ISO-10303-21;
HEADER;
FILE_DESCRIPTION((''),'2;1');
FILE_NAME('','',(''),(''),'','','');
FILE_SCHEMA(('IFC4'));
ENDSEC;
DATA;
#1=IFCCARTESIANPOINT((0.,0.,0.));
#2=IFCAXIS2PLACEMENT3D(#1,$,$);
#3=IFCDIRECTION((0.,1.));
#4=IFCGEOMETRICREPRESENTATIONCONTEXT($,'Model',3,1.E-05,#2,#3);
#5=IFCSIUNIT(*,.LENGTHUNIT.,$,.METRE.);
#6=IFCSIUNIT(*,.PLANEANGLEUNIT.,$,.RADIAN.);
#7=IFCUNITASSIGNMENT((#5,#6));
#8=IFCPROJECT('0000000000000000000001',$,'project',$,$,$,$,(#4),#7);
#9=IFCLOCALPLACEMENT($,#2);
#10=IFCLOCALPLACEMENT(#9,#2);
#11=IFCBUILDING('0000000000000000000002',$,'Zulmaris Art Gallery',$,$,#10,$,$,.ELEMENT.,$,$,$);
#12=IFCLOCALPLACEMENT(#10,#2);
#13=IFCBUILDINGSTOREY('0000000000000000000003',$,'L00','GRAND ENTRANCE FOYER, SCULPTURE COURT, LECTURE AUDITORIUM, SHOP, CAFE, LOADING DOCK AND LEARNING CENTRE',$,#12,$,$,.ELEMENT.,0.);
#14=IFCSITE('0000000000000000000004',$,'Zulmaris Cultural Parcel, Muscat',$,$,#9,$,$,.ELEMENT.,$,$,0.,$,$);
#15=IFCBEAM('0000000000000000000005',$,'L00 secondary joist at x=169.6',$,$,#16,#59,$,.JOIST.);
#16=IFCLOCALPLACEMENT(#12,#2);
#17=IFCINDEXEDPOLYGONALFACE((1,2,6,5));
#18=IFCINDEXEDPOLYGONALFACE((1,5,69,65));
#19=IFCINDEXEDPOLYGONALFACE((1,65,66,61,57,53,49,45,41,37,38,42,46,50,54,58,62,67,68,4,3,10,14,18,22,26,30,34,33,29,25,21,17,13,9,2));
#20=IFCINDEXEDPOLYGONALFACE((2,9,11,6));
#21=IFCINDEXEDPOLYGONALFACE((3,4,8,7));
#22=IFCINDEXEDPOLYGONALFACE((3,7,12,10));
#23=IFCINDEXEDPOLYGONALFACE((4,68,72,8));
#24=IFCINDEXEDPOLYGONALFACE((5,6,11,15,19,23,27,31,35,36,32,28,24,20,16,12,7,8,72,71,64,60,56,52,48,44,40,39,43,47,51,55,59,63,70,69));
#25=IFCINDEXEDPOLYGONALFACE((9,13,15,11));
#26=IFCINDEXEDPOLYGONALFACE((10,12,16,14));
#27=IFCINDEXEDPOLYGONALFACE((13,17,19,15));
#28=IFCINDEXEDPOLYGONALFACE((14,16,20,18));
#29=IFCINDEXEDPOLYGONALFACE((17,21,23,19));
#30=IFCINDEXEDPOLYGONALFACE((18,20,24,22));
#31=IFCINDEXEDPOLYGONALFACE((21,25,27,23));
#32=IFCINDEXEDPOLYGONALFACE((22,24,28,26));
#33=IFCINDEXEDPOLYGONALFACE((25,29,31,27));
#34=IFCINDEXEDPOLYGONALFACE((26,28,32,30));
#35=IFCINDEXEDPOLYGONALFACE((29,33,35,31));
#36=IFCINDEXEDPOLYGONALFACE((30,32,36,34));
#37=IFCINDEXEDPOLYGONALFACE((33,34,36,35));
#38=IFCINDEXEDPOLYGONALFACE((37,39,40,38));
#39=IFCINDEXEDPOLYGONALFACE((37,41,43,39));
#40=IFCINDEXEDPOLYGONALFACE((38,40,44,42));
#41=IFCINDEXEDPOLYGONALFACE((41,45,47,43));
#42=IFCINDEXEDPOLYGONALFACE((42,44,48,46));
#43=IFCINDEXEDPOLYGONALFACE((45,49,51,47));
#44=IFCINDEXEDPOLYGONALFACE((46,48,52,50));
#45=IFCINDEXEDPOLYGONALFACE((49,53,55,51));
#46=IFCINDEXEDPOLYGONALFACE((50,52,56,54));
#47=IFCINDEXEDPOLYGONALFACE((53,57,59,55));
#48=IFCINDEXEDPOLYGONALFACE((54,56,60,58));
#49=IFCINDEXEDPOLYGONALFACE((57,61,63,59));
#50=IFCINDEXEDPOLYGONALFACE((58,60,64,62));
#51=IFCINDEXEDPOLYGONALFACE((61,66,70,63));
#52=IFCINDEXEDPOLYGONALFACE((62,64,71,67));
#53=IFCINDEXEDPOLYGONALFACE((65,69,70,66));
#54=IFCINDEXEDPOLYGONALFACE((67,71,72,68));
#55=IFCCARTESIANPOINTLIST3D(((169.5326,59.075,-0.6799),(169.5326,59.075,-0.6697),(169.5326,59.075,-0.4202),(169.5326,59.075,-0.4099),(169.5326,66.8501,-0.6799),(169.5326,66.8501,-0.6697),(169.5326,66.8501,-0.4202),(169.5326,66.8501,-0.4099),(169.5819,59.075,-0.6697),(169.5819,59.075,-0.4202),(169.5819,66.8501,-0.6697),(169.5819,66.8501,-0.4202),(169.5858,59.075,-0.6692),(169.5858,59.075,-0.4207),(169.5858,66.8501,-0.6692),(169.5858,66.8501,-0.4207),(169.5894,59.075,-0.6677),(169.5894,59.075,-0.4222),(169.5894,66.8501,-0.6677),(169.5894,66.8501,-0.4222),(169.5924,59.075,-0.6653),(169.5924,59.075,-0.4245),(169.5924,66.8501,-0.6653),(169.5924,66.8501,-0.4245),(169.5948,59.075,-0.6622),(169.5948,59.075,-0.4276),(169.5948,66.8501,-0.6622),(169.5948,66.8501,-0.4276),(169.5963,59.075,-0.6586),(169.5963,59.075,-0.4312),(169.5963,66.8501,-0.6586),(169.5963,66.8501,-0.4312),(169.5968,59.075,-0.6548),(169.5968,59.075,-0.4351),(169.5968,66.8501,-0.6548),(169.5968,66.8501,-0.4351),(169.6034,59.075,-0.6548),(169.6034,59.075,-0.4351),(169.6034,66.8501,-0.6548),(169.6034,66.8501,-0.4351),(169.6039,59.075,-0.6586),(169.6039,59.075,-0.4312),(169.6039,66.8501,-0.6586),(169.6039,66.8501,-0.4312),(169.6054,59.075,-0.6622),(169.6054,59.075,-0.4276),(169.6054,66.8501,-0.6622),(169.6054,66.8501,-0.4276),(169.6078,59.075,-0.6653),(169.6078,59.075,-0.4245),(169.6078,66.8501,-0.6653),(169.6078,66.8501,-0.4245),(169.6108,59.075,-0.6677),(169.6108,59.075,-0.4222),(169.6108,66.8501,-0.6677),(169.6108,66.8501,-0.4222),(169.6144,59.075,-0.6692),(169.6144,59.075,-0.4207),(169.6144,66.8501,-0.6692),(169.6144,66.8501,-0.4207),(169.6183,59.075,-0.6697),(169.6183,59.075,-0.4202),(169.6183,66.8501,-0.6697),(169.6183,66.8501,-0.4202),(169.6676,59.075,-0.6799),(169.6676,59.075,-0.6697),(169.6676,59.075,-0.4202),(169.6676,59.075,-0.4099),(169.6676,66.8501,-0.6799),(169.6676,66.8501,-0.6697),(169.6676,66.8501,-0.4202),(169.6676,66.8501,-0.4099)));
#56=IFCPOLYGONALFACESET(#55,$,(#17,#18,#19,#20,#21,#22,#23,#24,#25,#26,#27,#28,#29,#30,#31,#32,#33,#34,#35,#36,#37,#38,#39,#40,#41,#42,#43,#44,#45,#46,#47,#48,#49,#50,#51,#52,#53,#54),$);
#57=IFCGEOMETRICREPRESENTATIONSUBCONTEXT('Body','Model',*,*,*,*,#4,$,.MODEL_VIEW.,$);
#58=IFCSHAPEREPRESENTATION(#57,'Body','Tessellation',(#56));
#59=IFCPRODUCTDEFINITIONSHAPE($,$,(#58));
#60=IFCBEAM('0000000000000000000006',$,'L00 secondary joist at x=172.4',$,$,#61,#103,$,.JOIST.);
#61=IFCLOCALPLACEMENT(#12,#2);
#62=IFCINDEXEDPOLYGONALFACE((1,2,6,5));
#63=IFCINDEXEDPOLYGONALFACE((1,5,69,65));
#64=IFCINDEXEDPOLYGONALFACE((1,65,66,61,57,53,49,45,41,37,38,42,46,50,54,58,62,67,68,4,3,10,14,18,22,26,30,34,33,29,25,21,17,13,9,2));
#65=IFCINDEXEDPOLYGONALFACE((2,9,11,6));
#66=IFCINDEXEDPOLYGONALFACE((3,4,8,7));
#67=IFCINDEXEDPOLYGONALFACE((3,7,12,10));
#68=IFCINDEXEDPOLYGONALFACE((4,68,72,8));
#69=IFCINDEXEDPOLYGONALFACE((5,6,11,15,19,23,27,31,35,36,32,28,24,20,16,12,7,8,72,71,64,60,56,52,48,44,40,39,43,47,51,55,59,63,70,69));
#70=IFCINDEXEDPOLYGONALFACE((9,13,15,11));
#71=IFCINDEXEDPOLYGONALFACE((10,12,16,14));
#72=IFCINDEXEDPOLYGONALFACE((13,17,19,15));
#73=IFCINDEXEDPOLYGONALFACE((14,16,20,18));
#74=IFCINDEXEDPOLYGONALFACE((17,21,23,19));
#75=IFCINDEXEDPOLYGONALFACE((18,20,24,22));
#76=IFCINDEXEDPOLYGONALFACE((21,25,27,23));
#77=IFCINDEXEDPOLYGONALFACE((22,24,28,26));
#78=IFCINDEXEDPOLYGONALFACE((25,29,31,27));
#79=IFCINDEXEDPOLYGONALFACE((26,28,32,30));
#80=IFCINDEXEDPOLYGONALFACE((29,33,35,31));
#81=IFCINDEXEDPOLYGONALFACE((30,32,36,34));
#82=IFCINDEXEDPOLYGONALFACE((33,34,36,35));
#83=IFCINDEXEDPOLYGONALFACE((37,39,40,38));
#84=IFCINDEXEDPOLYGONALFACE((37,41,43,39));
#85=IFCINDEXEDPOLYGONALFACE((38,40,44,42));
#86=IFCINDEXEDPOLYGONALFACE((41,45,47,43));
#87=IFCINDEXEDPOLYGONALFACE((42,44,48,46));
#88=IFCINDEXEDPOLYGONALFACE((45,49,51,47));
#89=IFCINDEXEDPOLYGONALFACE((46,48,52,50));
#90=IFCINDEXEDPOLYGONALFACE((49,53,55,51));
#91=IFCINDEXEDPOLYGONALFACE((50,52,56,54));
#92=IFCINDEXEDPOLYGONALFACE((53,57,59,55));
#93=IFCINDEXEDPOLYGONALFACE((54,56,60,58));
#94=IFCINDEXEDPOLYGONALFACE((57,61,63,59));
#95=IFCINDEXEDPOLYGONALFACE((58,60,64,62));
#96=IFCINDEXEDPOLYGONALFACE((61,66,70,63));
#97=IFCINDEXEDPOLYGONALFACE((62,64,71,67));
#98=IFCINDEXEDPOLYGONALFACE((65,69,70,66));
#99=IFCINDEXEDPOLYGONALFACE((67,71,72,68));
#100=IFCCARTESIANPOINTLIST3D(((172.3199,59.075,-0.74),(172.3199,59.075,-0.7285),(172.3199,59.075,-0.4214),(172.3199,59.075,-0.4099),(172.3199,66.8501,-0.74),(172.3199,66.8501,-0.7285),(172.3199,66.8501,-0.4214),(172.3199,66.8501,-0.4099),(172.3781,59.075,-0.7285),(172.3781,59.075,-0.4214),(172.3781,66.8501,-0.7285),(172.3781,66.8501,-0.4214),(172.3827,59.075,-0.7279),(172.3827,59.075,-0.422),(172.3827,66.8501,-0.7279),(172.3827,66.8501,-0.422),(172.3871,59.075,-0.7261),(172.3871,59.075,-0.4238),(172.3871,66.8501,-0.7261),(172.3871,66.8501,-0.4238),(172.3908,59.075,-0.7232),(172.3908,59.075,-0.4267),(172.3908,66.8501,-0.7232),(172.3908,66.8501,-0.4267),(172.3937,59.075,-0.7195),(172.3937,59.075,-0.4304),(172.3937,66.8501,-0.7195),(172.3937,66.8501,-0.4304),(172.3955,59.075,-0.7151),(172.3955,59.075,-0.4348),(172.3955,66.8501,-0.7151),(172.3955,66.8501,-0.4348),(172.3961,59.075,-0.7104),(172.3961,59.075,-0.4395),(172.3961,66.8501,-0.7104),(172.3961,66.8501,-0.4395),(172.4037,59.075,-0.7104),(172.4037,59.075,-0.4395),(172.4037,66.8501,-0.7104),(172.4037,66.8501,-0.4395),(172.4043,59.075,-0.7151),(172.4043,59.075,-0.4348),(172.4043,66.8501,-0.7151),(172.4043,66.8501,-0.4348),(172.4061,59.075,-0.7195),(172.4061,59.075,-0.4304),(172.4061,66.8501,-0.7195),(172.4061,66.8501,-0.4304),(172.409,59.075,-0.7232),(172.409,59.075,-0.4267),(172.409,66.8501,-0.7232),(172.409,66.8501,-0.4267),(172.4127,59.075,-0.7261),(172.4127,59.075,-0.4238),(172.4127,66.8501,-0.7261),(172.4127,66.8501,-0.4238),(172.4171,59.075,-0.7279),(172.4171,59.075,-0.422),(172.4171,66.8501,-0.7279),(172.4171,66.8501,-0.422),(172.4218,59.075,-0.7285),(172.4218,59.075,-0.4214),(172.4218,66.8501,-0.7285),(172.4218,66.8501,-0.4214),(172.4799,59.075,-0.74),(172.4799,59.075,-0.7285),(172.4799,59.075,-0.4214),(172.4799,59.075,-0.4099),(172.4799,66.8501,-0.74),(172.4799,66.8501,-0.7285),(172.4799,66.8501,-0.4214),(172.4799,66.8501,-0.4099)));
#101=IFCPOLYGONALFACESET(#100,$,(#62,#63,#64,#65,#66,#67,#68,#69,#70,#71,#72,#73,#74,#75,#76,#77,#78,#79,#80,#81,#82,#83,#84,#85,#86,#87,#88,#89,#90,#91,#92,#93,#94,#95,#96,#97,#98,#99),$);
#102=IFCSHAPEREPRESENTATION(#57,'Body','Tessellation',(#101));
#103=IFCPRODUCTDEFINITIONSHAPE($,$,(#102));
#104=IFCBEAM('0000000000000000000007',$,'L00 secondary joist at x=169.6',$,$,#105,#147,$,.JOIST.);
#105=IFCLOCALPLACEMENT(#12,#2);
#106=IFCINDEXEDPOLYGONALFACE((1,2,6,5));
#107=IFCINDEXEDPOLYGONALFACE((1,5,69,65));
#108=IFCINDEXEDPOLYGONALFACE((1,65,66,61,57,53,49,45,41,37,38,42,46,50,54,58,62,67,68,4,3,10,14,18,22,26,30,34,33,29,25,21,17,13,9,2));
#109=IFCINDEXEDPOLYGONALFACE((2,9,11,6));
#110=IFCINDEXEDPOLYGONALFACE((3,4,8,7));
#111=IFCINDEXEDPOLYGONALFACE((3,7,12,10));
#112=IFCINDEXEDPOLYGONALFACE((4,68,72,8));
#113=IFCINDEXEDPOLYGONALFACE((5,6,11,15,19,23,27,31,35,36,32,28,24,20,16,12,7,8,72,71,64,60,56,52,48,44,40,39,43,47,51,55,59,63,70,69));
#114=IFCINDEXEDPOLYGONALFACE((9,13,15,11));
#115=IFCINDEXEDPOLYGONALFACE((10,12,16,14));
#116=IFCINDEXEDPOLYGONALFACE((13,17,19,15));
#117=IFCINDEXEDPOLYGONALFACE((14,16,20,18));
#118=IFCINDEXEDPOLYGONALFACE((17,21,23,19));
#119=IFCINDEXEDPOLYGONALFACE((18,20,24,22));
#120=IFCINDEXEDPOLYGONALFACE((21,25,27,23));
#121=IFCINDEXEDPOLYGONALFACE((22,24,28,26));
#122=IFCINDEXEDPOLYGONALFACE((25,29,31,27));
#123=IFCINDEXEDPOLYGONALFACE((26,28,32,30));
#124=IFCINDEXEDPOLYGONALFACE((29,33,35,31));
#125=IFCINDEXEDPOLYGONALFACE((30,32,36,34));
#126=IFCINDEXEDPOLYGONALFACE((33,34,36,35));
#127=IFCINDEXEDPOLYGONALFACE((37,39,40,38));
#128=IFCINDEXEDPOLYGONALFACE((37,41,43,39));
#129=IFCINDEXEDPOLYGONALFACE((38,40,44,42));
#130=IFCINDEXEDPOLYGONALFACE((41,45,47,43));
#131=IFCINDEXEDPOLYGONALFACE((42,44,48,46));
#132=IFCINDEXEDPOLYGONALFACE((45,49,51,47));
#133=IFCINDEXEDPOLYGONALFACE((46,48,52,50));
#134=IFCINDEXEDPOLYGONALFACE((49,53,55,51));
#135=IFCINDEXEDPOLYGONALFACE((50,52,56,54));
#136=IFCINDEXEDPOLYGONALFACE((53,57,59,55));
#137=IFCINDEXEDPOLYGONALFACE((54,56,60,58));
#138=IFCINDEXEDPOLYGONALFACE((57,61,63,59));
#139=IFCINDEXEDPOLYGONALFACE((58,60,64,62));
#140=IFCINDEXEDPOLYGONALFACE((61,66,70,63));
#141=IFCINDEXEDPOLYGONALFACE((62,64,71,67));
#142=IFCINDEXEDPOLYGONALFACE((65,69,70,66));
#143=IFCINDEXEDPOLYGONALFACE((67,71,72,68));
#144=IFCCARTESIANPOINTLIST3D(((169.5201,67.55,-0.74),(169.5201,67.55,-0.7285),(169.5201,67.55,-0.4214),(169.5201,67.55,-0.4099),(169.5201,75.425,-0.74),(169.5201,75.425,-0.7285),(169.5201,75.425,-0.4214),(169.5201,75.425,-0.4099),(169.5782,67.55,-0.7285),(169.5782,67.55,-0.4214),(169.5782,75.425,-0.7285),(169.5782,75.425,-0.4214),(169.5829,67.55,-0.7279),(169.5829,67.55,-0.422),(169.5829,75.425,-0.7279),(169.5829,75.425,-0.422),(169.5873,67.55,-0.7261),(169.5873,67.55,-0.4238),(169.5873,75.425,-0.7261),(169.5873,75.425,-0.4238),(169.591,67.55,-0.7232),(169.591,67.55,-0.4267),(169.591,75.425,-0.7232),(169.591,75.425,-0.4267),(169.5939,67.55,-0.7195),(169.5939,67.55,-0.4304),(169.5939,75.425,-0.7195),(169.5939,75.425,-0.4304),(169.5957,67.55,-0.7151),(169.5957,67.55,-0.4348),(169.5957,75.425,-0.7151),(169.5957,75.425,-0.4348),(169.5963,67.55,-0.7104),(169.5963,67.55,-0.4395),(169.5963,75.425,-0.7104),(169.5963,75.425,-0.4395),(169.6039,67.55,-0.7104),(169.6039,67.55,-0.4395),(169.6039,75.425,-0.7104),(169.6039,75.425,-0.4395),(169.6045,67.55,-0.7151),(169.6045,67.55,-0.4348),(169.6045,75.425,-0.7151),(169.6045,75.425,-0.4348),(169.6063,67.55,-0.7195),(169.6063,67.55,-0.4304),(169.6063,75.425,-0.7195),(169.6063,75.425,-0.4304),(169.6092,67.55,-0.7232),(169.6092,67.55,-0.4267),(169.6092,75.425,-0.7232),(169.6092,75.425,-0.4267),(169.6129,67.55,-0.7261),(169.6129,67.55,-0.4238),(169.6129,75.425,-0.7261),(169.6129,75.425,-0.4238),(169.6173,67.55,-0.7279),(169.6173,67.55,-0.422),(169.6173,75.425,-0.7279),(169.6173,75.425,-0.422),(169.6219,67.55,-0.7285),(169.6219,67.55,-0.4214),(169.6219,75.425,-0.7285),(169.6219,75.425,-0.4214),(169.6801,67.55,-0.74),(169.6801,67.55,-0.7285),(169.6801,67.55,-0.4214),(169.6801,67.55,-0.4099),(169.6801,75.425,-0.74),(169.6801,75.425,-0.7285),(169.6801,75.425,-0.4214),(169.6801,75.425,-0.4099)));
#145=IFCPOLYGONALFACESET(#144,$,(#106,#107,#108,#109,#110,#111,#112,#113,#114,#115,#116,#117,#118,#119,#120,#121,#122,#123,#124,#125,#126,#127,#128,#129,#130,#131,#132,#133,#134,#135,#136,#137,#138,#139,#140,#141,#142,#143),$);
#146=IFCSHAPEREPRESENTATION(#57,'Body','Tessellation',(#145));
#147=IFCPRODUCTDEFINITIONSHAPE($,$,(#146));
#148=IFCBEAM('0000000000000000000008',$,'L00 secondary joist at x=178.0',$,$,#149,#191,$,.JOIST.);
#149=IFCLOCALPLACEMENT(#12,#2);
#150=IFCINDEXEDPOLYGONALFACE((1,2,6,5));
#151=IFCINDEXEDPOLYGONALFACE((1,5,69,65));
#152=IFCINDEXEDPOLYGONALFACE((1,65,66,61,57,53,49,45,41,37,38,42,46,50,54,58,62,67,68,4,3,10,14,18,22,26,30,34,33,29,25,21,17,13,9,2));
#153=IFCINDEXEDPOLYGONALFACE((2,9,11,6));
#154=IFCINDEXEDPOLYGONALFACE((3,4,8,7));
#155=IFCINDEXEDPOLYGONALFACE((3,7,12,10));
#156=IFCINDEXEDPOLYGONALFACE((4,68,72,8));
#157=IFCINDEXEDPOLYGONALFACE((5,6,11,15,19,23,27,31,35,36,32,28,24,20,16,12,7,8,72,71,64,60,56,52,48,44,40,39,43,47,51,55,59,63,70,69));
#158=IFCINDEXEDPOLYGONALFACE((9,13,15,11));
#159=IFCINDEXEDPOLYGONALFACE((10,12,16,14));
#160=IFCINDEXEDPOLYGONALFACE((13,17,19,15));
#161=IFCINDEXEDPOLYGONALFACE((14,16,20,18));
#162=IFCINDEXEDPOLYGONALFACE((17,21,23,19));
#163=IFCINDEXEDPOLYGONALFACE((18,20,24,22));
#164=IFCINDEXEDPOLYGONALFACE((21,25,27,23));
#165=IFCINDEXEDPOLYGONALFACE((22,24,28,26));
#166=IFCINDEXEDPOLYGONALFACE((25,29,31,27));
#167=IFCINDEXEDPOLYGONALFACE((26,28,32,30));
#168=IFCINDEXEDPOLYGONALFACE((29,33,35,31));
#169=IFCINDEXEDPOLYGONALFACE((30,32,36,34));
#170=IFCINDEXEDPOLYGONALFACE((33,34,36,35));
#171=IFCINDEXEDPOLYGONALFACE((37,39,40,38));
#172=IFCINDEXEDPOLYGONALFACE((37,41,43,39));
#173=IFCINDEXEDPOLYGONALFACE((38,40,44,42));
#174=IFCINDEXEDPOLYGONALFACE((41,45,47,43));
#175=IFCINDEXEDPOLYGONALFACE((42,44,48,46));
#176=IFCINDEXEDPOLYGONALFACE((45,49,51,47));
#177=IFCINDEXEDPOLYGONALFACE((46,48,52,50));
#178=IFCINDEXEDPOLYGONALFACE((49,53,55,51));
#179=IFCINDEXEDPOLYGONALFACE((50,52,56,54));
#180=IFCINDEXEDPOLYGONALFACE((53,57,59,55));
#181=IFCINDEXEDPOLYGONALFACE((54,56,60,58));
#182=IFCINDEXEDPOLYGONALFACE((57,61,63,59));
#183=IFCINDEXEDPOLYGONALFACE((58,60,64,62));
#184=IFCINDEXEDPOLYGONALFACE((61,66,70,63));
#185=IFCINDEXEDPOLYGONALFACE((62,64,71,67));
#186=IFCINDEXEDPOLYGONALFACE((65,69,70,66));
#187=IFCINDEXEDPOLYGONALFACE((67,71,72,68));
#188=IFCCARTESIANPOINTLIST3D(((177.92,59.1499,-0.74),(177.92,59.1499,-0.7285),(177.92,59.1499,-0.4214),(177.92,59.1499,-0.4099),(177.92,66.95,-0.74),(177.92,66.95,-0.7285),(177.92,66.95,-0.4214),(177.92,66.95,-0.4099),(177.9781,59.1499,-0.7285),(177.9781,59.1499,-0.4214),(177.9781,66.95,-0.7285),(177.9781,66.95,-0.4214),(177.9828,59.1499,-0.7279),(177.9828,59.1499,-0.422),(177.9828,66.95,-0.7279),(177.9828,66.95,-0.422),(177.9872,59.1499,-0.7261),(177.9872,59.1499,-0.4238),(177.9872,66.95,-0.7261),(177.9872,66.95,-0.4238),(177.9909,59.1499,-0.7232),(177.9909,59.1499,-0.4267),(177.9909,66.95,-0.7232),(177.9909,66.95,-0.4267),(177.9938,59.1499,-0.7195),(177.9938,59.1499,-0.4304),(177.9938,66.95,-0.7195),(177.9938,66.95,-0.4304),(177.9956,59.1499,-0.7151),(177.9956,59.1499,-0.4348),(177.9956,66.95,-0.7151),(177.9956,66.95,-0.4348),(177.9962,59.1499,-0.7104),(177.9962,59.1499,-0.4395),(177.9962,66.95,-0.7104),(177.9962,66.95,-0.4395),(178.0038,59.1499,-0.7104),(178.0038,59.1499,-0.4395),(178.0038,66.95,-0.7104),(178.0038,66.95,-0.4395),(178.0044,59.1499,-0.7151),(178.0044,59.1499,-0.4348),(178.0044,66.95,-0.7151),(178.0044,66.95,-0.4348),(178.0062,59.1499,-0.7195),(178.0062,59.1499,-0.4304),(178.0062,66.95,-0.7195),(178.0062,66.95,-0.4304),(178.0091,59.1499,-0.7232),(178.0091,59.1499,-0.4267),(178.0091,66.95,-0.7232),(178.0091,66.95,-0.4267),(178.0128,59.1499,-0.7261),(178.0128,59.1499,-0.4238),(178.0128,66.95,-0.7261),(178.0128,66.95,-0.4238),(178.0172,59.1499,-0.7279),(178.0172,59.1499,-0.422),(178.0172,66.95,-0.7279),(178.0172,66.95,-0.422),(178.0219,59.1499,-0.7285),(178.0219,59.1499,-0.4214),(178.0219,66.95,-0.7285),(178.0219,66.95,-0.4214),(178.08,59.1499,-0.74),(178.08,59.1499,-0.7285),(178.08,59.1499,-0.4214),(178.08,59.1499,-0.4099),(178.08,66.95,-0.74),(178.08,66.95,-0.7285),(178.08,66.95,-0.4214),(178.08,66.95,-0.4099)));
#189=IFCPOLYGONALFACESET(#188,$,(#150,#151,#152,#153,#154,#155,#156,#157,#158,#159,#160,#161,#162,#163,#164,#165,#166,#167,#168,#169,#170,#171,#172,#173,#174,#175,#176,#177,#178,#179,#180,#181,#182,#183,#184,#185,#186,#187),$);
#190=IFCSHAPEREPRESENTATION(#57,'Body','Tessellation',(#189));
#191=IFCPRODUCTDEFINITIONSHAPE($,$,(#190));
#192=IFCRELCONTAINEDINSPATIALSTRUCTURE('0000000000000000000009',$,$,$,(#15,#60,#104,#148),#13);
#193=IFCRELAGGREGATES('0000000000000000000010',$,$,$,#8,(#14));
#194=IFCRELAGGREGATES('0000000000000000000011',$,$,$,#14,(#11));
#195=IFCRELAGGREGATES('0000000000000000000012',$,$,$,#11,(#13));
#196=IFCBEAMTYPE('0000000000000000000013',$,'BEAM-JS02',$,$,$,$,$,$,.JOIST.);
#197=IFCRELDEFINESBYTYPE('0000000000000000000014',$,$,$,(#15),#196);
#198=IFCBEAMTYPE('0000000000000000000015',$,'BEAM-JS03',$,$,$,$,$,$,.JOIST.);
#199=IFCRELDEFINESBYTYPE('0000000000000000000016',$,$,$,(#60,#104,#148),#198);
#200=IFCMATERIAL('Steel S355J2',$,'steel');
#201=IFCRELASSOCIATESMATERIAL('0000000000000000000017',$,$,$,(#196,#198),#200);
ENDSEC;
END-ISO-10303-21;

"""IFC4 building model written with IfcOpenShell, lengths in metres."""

from ifc_helpers import new_model, si_unit, direction, frame, origin, origin_2d, place, context, subcontext, project, spatial, i_section, extrude, material, material_profile, profile_set, type_object, element, save


model = new_model("IFC4")

# Units and contexts
model_context = context("Model", 3, precision=1e-05, world=origin(), true_north=direction((0.0, 1.0)))
body_context = subcontext(model_context, "Body", "Model", "MODEL_VIEW")
ifc_project = project(units=[si_unit("LENGTHUNIT", "METRE"), si_unit("PLANEANGLEUNIT", "RADIAN")], contexts=[model_context])

# Site, building, storey
site_placement = place(None, origin())
site = spatial("IfcSite", under=ifc_project, at=site_placement, Name="Zulmaris Cultural Parcel, Muscat", CompositionType="ELEMENT", RefElevation=0.0)
building_placement = place(site_placement, origin())
building = spatial("IfcBuilding", under=site, at=building_placement, Name="Zulmaris Art Gallery", CompositionType="ELEMENT")
storey_placement = place(building_placement, origin())
storey = spatial("IfcBuildingStorey", under=building, at=storey_placement, Name="L00", Description="GRAND ENTRANCE FOYER, SCULPTURE COURT, LECTURE AUDITORIUM, SHOP, CAFE, LOADING DOCK AND LEARNING CENTRE", CompositionType="ELEMENT", Elevation=0.0)

# Beams
ifc_material_1 = material(Name="Steel S355J2", Category="steel")
ifc_material_profile_1 = material_profile(ifc_material_1, i_section(OverallWidth=0.135, OverallDepth=0.27, WebThickness=0.0066, FlangeThickness=0.0103, FilletRadius=0.0149, at=origin_2d()), Name="IPE 270")
ifc_profile_set_1 = profile_set([ifc_material_profile_1], Name="Steel S355J2")
beam_type_1 = type_object("IfcBeamType", Name="BEAM-JS02", PredefinedType="JOIST", material=ifc_profile_set_1)
beam_1_placement = place(storey_placement, frame((169.6001, 59.075, -0.5449), z_axis=(0.0, 1.0, 0.0), x_axis=(-1.0, 0.0, 0.0)))
element("IfcBeam", 1, at=beam_1_placement, inside=storey, type_object=beam_type_1, Name="L00 secondary joist at x=169.6", PredefinedType="JOIST", context=body_context, shape_type="SweptSolid", body=[
    extrude(i_section(OverallWidth=0.135, OverallDepth=0.27, WebThickness=0.0066, FlangeThickness=0.0103, FilletRadius=0.0149, at=origin_2d()), origin(), (0.0, 0.0, 1.0), 7.7751),
])
ifc_material_profile_2 = material_profile(ifc_material_1, i_section(OverallWidth=0.1599, OverallDepth=0.3301, WebThickness=0.0076, FlangeThickness=0.0115, FilletRadius=0.0181, at=origin_2d()), Name="IPE 330")
ifc_profile_set_2 = profile_set([ifc_material_profile_2], Name="Steel S355J2")
beam_type_2 = type_object("IfcBeamType", Name="BEAM-JS03", PredefinedType="JOIST", material=ifc_profile_set_2)
beam_2_placement = place(storey_placement, frame((172.3999, 59.075, -0.575), z_axis=(0.0, 1.0, 0.0), x_axis=(-1.0, 0.0, 0.0)))
element("IfcBeam", 2, at=beam_2_placement, inside=storey, type_object=beam_type_2, Name="L00 secondary joist at x=172.4", PredefinedType="JOIST", context=body_context, shape_type="SweptSolid", body=[
    extrude(i_section(OverallWidth=0.1599, OverallDepth=0.3301, WebThickness=0.0076, FlangeThickness=0.0115, FilletRadius=0.0181, at=origin_2d()), origin(), (0.0, 0.0, 1.0), 7.7751),
])
beam_3_placement = place(storey_placement, frame((169.6001, 67.55, -0.575), z_axis=(0.0, 1.0, 0.0), x_axis=(-1.0, 0.0, 0.0)))
element("IfcBeam", 3, at=beam_3_placement, inside=storey, type_object=beam_type_2, Name="L00 secondary joist at x=169.6", PredefinedType="JOIST", context=body_context, shape_type="SweptSolid", body=[
    extrude(i_section(OverallWidth=0.1599, OverallDepth=0.3301, WebThickness=0.0076, FlangeThickness=0.0115, FilletRadius=0.0181, at=origin_2d()), origin(), (0.0, 0.0, 1.0), 7.875),
])
beam_4_placement = place(storey_placement, frame((178.0, 59.1499, -0.575), z_axis=(0.0, 1.0, 0.0), x_axis=(-1.0, 0.0, 0.0)))
element("IfcBeam", 4, at=beam_4_placement, inside=storey, type_object=beam_type_2, Name="L00 secondary joist at x=178.0", PredefinedType="JOIST", context=body_context, shape_type="SweptSolid", body=[
    extrude(i_section(OverallWidth=0.1599, OverallDepth=0.3301, WebThickness=0.0076, FlangeThickness=0.0115, FilletRadius=0.0181, at=origin_2d()), origin(), (0.0, 0.0, 1.0), 7.8),
])

save(model, "model.ifc")
